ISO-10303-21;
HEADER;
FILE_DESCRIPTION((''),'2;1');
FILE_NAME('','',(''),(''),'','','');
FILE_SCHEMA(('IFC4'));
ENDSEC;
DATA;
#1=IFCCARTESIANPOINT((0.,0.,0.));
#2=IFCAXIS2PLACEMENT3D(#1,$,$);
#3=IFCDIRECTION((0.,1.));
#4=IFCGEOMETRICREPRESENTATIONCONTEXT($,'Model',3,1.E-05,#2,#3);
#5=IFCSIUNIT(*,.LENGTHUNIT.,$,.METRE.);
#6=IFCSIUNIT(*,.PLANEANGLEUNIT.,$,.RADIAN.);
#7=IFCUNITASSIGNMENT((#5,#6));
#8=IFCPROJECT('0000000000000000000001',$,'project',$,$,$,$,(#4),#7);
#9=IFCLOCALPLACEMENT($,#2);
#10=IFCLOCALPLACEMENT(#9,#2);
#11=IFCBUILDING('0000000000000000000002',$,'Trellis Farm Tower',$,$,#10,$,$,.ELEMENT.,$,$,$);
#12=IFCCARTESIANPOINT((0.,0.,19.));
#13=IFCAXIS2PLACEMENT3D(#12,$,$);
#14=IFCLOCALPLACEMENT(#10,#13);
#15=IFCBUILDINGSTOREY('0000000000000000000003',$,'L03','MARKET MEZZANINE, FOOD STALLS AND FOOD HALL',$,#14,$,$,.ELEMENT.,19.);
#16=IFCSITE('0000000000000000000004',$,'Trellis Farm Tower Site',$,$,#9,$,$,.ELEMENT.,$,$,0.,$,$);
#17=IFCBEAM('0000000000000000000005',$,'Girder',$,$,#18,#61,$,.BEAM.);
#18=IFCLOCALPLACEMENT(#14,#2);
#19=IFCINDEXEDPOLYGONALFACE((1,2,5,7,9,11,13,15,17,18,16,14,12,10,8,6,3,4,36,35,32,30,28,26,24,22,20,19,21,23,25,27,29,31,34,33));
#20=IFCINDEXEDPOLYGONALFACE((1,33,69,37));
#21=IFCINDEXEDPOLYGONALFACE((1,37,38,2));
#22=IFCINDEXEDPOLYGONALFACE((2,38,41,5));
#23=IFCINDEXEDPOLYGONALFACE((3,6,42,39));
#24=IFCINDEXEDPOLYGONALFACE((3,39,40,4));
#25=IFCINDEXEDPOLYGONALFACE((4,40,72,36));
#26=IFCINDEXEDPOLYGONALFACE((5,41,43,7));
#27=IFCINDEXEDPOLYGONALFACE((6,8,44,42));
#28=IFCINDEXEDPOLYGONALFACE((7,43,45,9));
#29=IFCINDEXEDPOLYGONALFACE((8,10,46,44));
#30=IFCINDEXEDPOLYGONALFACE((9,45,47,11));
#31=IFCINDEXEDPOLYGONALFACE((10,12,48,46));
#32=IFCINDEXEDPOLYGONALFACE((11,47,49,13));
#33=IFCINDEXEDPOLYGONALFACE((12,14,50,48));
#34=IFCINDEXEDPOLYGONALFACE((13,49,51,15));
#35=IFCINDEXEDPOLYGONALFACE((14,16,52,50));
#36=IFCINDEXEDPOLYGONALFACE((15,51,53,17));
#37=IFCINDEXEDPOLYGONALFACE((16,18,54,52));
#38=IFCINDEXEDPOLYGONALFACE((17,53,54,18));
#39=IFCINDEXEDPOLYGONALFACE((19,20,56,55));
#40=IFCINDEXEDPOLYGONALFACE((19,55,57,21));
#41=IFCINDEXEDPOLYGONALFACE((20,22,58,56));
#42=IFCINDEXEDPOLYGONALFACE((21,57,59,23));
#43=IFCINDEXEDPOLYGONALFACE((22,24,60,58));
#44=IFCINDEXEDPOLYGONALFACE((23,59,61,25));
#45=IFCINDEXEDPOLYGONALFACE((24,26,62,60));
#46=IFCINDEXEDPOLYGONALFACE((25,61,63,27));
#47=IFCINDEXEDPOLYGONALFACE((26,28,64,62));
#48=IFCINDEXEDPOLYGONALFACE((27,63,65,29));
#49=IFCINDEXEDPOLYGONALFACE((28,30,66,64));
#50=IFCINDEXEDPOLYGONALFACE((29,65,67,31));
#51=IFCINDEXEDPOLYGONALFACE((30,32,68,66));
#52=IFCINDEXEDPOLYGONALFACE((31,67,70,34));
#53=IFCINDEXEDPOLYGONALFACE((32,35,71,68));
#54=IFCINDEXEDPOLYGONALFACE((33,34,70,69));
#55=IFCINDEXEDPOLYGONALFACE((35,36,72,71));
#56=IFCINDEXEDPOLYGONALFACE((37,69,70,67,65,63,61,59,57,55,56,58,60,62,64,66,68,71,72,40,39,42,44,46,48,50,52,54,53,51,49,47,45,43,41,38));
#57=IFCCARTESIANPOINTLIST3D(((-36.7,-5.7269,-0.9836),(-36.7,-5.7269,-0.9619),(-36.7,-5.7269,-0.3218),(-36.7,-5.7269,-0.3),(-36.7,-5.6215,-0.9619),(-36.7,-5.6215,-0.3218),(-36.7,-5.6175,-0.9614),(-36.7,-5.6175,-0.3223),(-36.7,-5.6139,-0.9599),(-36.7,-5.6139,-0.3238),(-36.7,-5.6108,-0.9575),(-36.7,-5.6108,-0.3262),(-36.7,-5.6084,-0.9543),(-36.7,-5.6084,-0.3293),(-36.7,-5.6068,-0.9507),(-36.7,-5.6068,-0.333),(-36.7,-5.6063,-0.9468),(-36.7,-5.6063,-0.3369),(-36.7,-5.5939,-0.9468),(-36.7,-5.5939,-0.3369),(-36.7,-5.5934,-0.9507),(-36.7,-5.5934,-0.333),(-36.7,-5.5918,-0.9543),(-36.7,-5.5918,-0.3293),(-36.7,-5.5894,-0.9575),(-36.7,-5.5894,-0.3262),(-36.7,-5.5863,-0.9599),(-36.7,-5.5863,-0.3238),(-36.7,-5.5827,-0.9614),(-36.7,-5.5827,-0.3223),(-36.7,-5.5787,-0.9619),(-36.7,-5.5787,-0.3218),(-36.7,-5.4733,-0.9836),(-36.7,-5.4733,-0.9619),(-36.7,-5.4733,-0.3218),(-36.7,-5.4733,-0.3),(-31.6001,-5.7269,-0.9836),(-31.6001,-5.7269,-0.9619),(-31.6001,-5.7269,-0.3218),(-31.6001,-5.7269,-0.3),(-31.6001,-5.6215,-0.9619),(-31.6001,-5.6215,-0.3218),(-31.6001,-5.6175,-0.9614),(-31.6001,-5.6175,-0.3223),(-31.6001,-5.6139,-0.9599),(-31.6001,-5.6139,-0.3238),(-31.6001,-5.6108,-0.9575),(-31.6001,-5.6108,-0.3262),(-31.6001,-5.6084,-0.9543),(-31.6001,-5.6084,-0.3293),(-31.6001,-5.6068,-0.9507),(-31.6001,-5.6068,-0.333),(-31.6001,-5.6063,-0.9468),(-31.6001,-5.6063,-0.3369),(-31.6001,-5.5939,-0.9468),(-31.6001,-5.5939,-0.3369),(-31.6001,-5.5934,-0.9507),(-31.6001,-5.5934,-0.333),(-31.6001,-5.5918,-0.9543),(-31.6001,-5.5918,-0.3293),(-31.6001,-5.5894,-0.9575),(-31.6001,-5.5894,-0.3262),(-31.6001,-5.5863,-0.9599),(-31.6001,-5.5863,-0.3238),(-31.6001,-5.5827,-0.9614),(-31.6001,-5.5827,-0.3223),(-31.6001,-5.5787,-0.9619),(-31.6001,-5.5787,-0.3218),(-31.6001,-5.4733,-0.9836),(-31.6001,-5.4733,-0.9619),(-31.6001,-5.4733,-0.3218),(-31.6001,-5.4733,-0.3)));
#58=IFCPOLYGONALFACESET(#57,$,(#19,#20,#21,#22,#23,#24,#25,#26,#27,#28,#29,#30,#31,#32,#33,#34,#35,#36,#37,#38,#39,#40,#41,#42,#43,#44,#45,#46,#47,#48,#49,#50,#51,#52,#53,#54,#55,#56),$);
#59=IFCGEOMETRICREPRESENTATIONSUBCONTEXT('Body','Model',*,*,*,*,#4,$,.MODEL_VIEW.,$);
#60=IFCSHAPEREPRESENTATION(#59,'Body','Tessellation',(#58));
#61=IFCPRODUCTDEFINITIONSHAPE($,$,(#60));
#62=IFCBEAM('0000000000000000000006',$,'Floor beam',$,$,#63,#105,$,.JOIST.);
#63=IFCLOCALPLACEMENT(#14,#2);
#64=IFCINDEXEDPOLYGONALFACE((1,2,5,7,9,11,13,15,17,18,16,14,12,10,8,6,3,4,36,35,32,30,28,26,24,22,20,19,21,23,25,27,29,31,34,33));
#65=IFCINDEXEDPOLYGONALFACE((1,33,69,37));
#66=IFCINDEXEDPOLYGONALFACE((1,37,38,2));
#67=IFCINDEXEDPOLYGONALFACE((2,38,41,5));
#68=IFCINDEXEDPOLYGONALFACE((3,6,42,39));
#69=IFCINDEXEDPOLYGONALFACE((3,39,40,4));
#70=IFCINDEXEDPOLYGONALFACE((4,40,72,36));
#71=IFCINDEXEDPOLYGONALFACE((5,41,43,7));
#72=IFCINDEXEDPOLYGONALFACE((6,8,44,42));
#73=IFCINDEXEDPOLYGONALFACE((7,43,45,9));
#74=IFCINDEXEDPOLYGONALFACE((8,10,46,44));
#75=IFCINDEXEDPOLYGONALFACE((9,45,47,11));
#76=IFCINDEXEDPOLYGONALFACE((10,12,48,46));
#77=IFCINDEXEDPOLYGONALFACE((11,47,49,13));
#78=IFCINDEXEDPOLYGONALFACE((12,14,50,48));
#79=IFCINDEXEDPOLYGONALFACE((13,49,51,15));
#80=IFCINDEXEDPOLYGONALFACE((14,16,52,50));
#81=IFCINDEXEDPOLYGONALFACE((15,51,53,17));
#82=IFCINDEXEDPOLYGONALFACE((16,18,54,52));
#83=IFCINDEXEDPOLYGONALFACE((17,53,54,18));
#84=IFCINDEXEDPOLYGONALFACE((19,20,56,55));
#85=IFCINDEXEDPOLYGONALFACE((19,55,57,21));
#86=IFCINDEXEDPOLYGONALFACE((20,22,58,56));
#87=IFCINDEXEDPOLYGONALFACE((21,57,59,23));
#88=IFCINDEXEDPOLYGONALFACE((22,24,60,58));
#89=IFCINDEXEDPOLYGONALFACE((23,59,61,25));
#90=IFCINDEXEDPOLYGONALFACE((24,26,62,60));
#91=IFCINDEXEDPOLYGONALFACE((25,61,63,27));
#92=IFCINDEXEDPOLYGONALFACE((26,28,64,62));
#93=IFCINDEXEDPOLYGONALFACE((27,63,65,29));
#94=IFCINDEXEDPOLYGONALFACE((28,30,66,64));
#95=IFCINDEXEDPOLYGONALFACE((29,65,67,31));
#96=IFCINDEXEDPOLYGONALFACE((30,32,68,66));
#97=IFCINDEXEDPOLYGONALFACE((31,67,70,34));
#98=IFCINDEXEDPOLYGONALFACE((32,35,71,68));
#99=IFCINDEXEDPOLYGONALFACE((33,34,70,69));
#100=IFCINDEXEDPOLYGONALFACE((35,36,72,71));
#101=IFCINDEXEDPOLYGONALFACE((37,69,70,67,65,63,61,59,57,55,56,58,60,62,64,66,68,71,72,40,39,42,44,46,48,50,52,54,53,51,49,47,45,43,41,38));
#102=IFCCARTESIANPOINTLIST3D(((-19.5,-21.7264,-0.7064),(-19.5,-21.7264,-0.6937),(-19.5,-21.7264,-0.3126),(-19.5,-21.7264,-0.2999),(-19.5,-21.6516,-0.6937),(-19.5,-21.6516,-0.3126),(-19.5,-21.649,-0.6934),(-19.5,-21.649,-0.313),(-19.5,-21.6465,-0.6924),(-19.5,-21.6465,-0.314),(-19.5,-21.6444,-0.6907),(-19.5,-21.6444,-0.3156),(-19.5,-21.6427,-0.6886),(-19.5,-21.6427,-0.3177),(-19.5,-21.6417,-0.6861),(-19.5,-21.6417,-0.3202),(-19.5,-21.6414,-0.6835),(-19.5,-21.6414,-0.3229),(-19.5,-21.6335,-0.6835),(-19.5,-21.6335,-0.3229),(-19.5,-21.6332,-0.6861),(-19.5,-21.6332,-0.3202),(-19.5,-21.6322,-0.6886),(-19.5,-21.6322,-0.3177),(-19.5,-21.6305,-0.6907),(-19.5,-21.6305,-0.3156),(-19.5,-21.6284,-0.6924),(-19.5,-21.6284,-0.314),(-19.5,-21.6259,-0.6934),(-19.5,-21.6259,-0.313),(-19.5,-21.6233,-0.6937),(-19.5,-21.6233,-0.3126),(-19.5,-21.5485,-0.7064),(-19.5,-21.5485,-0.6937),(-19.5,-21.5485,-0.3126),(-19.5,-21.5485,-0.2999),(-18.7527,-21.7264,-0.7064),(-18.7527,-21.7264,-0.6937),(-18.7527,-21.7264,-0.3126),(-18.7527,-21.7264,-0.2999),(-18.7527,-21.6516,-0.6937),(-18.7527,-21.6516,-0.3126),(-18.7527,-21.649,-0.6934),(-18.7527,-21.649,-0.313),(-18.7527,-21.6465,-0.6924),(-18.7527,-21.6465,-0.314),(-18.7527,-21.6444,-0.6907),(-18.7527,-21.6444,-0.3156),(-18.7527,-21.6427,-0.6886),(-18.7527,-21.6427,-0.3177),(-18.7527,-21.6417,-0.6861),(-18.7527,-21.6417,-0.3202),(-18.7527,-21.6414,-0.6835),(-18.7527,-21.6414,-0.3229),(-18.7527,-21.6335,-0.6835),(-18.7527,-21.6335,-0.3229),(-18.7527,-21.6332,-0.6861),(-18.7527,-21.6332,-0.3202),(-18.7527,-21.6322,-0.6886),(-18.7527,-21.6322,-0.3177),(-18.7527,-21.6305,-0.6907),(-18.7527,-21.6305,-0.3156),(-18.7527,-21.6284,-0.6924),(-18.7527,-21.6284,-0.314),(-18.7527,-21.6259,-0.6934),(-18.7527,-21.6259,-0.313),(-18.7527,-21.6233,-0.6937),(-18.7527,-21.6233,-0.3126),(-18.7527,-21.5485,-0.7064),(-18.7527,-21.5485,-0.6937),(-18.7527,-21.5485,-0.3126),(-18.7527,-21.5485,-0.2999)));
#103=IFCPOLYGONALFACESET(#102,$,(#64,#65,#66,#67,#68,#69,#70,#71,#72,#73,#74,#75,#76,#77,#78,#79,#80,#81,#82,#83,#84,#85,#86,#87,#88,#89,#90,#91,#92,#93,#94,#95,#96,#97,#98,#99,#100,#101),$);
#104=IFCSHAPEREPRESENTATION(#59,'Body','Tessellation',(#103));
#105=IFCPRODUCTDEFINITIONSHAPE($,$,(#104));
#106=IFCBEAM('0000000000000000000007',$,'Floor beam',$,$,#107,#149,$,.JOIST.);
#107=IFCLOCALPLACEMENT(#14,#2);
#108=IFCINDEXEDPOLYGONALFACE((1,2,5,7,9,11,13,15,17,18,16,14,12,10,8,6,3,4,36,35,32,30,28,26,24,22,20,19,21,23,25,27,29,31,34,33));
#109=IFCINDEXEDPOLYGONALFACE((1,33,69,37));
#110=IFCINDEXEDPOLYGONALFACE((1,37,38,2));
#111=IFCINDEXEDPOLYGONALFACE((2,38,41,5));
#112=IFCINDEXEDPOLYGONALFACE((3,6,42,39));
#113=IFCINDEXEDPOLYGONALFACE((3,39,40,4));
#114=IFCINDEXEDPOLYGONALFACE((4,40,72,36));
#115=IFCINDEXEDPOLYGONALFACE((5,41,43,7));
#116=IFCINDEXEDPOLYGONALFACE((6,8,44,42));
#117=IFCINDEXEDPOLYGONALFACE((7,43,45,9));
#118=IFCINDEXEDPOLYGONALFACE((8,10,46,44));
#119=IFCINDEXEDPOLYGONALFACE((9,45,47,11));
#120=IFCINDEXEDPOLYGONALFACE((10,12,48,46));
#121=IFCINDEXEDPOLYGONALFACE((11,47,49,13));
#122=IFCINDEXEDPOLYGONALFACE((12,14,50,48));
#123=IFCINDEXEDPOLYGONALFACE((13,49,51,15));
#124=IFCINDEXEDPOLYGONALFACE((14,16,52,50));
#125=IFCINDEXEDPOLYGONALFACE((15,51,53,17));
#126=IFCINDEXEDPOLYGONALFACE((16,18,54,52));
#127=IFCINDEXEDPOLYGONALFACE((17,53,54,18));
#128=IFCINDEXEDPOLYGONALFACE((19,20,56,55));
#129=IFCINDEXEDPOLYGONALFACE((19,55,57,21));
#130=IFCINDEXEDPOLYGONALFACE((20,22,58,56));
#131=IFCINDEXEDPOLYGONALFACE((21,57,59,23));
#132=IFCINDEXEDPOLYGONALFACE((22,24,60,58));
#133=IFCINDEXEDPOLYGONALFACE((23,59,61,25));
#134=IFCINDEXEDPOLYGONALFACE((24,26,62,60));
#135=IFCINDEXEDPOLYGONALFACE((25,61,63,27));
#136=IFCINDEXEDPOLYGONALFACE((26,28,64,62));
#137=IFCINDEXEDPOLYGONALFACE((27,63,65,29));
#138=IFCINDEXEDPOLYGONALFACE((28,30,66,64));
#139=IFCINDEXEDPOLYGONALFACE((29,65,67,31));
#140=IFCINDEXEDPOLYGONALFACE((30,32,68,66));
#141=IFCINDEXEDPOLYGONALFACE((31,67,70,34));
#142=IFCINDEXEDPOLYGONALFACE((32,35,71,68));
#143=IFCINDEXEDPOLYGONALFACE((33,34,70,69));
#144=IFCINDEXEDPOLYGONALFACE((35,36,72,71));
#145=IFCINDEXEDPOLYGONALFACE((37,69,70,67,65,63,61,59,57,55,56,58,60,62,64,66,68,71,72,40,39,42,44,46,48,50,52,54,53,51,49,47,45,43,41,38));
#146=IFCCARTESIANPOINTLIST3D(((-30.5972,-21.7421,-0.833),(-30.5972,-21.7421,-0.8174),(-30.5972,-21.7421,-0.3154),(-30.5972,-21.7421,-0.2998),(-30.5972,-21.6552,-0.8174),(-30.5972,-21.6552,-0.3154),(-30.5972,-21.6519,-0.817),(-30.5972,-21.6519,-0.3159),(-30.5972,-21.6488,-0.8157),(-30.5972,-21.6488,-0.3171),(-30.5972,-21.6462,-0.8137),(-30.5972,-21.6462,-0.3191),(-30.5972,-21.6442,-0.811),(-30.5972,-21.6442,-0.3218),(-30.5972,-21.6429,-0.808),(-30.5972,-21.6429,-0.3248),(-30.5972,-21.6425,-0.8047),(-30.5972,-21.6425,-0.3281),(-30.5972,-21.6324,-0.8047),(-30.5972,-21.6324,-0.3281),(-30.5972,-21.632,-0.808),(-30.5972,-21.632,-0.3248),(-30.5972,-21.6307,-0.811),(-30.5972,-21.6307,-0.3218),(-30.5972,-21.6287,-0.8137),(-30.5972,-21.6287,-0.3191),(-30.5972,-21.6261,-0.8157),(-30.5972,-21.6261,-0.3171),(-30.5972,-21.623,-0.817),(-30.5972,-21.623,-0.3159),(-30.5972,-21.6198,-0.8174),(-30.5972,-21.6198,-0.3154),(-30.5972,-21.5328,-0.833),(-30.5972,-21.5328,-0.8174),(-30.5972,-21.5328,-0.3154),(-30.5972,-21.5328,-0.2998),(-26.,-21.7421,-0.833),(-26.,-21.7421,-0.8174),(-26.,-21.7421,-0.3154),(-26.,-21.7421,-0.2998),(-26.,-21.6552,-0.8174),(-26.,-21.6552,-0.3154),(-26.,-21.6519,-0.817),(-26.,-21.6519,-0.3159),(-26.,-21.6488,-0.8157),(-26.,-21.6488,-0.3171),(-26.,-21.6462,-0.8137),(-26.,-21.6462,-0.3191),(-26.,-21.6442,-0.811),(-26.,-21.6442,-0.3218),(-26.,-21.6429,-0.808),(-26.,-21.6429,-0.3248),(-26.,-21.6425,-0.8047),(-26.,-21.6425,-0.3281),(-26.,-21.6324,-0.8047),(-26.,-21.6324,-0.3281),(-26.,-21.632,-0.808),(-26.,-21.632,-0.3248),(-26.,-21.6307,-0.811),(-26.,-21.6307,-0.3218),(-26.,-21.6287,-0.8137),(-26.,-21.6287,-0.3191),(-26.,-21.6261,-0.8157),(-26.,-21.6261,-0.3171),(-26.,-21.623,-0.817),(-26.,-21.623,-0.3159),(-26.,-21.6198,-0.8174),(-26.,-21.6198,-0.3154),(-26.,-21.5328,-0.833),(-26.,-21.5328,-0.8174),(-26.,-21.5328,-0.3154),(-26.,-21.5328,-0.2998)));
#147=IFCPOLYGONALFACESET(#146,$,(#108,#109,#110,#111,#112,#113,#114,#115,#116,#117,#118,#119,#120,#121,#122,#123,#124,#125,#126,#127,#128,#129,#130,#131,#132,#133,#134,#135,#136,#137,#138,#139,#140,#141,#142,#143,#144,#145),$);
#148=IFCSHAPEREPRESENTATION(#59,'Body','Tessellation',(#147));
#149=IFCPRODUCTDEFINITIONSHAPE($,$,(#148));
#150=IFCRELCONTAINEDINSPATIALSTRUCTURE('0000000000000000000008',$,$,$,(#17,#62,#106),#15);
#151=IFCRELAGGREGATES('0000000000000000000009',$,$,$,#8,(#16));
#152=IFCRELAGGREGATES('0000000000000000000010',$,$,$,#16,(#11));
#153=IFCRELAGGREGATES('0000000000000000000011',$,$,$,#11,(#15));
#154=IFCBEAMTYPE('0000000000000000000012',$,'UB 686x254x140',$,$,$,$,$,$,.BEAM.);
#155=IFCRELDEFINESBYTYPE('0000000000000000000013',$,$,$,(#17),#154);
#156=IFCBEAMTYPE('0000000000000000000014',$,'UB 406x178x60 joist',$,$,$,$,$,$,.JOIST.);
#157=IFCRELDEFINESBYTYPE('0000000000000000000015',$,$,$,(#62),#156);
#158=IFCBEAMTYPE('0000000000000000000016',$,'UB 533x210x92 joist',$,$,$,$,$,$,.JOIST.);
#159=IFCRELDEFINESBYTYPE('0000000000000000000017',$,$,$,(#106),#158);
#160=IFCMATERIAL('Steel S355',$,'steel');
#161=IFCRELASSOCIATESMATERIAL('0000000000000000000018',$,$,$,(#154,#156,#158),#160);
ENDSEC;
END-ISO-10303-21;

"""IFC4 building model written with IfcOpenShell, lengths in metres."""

from ifc_helpers import new_model, si_unit, direction, frame, origin, origin_2d, place, context, subcontext, project, spatial, i_section, extrude, source, transform, mapped, material, material_profile, profile_set, type_object, element, save


model = new_model("IFC4")

# Units and contexts
model_context = context("Model", 3, precision=1e-05, world=origin(), true_north=direction((0.0, 1.0)))
body_context = subcontext(model_context, "Body", "Model", "MODEL_VIEW")
ifc_project = project(units=[si_unit("LENGTHUNIT", "METRE"), si_unit("PLANEANGLEUNIT", "RADIAN")], contexts=[model_context])

# Site, building, storey
site_placement = place(None, origin())
site = spatial("IfcSite", under=ifc_project, at=site_placement, Name="Trellis Farm Tower Site", CompositionType="ELEMENT", RefElevation=0.0)
building_placement = place(site_placement, origin())
building = spatial("IfcBuilding", under=site, at=building_placement, Name="Trellis Farm Tower", CompositionType="ELEMENT")
storey_placement = place(building_placement, frame((0.0, 0.0, 19.0)))
storey = spatial("IfcBuildingStorey", under=building, at=storey_placement, Name="L03", Description="MARKET MEZZANINE, FOOD STALLS AND FOOD HALL", CompositionType="ELEMENT", Elevation=19.0)

# Beams
ifc_material_1 = material(Name="Steel S355", Category="steel")
ifc_material_profile_1 = material_profile(ifc_material_1, i_section(OverallWidth=0.2537, OverallDepth=0.6836, WebThickness=0.0125, FlangeThickness=0.0217, FilletRadius=0.0151, at=origin_2d()), Name="UB 686x254x140")
ifc_profile_set_1 = profile_set([ifc_material_profile_1], Name="Steel S355")
beam_type_1 = type_object("IfcBeamType", Name="UB 686x254x140", PredefinedType="BEAM", material=ifc_profile_set_1)
shared_shape_1 = source(origin(), body_context, "Body", "SweptSolid", [
    extrude(i_section(OverallWidth=0.2537, OverallDepth=0.6836, WebThickness=0.0125, FlangeThickness=0.0217, FilletRadius=0.0151, at=origin_2d()), origin(), (0.0, 0.0, 1.0), 5.0999),
])
beam_1_placement = place(storey_placement, frame((-36.7, -5.6001, -0.6418), z_axis=(1.0, 0.0, 0.0), x_axis=(0.0, 1.0, 0.0)))
element("IfcBeam", 1, at=beam_1_placement, inside=storey, type_object=beam_type_1, Name="Girder", PredefinedType="BEAM", context=body_context, shape_type="MappedRepresentation", body=[
    mapped(shared_shape_1, transform((0.0, 0.0, 0.0))),
])
ifc_material_profile_2 = material_profile(ifc_material_1, i_section(OverallWidth=0.178, OverallDepth=0.4065, WebThickness=0.0078, FlangeThickness=0.0127, FilletRadius=0.0103, at=origin_2d()), Name="UB 406x178x60")
ifc_profile_set_2 = profile_set([ifc_material_profile_2], Name="Steel S355")
beam_type_2 = type_object("IfcBeamType", Name="UB 406x178x60 joist", PredefinedType="JOIST", material=ifc_profile_set_2)
shared_shape_2 = source(origin(), body_context, "Body", "SweptSolid", [
    extrude(i_section(OverallWidth=0.178, OverallDepth=0.4065, WebThickness=0.0078, FlangeThickness=0.0127, FilletRadius=0.0103, at=origin_2d()), origin(), (0.0, 0.0, 1.0), 0.7473),
])
beam_2_placement = place(storey_placement, frame((-19.5, -21.6375, -0.5032), z_axis=(1.0, 0.0, 0.0), x_axis=(0.0, 1.0, 0.0)))
element("IfcBeam", 2, at=beam_2_placement, inside=storey, type_object=beam_type_2, Name="Floor beam", PredefinedType="JOIST", context=body_context, shape_type="MappedRepresentation", body=[
    mapped(shared_shape_2, transform((0.0, 0.0, 0.0))),
])
ifc_material_profile_3 = material_profile(ifc_material_1, i_section(OverallWidth=0.2092, OverallDepth=0.5332, WebThickness=0.01, FlangeThickness=0.0156, FilletRadius=0.0127, at=origin_2d()), Name="UB 533x210x92")
ifc_profile_set_3 = profile_set([ifc_material_profile_3], Name="Steel S355")
beam_type_3 = type_object("IfcBeamType", Name="UB 533x210x92 joist", PredefinedType="JOIST", material=ifc_profile_set_3)
shared_shape_3 = source(origin(), body_context, "Body", "SweptSolid", [
    extrude(i_section(OverallWidth=0.2092, OverallDepth=0.5332, WebThickness=0.01, FlangeThickness=0.0156, FilletRadius=0.0127, at=origin_2d()), origin(), (0.0, 0.0, 1.0), 4.5972),
])
beam_3_placement = place(storey_placement, frame((-30.5972, -21.6375, -0.5664), z_axis=(1.0, 0.0, 0.0), x_axis=(0.0, 1.0, 0.0)))
element("IfcBeam", 3, at=beam_3_placement, inside=storey, type_object=beam_type_3, Name="Floor beam", PredefinedType="JOIST", context=body_context, shape_type="MappedRepresentation", body=[
    mapped(shared_shape_3, transform((0.0, 0.0, 0.0))),
])

save(model, "model.ifc")
